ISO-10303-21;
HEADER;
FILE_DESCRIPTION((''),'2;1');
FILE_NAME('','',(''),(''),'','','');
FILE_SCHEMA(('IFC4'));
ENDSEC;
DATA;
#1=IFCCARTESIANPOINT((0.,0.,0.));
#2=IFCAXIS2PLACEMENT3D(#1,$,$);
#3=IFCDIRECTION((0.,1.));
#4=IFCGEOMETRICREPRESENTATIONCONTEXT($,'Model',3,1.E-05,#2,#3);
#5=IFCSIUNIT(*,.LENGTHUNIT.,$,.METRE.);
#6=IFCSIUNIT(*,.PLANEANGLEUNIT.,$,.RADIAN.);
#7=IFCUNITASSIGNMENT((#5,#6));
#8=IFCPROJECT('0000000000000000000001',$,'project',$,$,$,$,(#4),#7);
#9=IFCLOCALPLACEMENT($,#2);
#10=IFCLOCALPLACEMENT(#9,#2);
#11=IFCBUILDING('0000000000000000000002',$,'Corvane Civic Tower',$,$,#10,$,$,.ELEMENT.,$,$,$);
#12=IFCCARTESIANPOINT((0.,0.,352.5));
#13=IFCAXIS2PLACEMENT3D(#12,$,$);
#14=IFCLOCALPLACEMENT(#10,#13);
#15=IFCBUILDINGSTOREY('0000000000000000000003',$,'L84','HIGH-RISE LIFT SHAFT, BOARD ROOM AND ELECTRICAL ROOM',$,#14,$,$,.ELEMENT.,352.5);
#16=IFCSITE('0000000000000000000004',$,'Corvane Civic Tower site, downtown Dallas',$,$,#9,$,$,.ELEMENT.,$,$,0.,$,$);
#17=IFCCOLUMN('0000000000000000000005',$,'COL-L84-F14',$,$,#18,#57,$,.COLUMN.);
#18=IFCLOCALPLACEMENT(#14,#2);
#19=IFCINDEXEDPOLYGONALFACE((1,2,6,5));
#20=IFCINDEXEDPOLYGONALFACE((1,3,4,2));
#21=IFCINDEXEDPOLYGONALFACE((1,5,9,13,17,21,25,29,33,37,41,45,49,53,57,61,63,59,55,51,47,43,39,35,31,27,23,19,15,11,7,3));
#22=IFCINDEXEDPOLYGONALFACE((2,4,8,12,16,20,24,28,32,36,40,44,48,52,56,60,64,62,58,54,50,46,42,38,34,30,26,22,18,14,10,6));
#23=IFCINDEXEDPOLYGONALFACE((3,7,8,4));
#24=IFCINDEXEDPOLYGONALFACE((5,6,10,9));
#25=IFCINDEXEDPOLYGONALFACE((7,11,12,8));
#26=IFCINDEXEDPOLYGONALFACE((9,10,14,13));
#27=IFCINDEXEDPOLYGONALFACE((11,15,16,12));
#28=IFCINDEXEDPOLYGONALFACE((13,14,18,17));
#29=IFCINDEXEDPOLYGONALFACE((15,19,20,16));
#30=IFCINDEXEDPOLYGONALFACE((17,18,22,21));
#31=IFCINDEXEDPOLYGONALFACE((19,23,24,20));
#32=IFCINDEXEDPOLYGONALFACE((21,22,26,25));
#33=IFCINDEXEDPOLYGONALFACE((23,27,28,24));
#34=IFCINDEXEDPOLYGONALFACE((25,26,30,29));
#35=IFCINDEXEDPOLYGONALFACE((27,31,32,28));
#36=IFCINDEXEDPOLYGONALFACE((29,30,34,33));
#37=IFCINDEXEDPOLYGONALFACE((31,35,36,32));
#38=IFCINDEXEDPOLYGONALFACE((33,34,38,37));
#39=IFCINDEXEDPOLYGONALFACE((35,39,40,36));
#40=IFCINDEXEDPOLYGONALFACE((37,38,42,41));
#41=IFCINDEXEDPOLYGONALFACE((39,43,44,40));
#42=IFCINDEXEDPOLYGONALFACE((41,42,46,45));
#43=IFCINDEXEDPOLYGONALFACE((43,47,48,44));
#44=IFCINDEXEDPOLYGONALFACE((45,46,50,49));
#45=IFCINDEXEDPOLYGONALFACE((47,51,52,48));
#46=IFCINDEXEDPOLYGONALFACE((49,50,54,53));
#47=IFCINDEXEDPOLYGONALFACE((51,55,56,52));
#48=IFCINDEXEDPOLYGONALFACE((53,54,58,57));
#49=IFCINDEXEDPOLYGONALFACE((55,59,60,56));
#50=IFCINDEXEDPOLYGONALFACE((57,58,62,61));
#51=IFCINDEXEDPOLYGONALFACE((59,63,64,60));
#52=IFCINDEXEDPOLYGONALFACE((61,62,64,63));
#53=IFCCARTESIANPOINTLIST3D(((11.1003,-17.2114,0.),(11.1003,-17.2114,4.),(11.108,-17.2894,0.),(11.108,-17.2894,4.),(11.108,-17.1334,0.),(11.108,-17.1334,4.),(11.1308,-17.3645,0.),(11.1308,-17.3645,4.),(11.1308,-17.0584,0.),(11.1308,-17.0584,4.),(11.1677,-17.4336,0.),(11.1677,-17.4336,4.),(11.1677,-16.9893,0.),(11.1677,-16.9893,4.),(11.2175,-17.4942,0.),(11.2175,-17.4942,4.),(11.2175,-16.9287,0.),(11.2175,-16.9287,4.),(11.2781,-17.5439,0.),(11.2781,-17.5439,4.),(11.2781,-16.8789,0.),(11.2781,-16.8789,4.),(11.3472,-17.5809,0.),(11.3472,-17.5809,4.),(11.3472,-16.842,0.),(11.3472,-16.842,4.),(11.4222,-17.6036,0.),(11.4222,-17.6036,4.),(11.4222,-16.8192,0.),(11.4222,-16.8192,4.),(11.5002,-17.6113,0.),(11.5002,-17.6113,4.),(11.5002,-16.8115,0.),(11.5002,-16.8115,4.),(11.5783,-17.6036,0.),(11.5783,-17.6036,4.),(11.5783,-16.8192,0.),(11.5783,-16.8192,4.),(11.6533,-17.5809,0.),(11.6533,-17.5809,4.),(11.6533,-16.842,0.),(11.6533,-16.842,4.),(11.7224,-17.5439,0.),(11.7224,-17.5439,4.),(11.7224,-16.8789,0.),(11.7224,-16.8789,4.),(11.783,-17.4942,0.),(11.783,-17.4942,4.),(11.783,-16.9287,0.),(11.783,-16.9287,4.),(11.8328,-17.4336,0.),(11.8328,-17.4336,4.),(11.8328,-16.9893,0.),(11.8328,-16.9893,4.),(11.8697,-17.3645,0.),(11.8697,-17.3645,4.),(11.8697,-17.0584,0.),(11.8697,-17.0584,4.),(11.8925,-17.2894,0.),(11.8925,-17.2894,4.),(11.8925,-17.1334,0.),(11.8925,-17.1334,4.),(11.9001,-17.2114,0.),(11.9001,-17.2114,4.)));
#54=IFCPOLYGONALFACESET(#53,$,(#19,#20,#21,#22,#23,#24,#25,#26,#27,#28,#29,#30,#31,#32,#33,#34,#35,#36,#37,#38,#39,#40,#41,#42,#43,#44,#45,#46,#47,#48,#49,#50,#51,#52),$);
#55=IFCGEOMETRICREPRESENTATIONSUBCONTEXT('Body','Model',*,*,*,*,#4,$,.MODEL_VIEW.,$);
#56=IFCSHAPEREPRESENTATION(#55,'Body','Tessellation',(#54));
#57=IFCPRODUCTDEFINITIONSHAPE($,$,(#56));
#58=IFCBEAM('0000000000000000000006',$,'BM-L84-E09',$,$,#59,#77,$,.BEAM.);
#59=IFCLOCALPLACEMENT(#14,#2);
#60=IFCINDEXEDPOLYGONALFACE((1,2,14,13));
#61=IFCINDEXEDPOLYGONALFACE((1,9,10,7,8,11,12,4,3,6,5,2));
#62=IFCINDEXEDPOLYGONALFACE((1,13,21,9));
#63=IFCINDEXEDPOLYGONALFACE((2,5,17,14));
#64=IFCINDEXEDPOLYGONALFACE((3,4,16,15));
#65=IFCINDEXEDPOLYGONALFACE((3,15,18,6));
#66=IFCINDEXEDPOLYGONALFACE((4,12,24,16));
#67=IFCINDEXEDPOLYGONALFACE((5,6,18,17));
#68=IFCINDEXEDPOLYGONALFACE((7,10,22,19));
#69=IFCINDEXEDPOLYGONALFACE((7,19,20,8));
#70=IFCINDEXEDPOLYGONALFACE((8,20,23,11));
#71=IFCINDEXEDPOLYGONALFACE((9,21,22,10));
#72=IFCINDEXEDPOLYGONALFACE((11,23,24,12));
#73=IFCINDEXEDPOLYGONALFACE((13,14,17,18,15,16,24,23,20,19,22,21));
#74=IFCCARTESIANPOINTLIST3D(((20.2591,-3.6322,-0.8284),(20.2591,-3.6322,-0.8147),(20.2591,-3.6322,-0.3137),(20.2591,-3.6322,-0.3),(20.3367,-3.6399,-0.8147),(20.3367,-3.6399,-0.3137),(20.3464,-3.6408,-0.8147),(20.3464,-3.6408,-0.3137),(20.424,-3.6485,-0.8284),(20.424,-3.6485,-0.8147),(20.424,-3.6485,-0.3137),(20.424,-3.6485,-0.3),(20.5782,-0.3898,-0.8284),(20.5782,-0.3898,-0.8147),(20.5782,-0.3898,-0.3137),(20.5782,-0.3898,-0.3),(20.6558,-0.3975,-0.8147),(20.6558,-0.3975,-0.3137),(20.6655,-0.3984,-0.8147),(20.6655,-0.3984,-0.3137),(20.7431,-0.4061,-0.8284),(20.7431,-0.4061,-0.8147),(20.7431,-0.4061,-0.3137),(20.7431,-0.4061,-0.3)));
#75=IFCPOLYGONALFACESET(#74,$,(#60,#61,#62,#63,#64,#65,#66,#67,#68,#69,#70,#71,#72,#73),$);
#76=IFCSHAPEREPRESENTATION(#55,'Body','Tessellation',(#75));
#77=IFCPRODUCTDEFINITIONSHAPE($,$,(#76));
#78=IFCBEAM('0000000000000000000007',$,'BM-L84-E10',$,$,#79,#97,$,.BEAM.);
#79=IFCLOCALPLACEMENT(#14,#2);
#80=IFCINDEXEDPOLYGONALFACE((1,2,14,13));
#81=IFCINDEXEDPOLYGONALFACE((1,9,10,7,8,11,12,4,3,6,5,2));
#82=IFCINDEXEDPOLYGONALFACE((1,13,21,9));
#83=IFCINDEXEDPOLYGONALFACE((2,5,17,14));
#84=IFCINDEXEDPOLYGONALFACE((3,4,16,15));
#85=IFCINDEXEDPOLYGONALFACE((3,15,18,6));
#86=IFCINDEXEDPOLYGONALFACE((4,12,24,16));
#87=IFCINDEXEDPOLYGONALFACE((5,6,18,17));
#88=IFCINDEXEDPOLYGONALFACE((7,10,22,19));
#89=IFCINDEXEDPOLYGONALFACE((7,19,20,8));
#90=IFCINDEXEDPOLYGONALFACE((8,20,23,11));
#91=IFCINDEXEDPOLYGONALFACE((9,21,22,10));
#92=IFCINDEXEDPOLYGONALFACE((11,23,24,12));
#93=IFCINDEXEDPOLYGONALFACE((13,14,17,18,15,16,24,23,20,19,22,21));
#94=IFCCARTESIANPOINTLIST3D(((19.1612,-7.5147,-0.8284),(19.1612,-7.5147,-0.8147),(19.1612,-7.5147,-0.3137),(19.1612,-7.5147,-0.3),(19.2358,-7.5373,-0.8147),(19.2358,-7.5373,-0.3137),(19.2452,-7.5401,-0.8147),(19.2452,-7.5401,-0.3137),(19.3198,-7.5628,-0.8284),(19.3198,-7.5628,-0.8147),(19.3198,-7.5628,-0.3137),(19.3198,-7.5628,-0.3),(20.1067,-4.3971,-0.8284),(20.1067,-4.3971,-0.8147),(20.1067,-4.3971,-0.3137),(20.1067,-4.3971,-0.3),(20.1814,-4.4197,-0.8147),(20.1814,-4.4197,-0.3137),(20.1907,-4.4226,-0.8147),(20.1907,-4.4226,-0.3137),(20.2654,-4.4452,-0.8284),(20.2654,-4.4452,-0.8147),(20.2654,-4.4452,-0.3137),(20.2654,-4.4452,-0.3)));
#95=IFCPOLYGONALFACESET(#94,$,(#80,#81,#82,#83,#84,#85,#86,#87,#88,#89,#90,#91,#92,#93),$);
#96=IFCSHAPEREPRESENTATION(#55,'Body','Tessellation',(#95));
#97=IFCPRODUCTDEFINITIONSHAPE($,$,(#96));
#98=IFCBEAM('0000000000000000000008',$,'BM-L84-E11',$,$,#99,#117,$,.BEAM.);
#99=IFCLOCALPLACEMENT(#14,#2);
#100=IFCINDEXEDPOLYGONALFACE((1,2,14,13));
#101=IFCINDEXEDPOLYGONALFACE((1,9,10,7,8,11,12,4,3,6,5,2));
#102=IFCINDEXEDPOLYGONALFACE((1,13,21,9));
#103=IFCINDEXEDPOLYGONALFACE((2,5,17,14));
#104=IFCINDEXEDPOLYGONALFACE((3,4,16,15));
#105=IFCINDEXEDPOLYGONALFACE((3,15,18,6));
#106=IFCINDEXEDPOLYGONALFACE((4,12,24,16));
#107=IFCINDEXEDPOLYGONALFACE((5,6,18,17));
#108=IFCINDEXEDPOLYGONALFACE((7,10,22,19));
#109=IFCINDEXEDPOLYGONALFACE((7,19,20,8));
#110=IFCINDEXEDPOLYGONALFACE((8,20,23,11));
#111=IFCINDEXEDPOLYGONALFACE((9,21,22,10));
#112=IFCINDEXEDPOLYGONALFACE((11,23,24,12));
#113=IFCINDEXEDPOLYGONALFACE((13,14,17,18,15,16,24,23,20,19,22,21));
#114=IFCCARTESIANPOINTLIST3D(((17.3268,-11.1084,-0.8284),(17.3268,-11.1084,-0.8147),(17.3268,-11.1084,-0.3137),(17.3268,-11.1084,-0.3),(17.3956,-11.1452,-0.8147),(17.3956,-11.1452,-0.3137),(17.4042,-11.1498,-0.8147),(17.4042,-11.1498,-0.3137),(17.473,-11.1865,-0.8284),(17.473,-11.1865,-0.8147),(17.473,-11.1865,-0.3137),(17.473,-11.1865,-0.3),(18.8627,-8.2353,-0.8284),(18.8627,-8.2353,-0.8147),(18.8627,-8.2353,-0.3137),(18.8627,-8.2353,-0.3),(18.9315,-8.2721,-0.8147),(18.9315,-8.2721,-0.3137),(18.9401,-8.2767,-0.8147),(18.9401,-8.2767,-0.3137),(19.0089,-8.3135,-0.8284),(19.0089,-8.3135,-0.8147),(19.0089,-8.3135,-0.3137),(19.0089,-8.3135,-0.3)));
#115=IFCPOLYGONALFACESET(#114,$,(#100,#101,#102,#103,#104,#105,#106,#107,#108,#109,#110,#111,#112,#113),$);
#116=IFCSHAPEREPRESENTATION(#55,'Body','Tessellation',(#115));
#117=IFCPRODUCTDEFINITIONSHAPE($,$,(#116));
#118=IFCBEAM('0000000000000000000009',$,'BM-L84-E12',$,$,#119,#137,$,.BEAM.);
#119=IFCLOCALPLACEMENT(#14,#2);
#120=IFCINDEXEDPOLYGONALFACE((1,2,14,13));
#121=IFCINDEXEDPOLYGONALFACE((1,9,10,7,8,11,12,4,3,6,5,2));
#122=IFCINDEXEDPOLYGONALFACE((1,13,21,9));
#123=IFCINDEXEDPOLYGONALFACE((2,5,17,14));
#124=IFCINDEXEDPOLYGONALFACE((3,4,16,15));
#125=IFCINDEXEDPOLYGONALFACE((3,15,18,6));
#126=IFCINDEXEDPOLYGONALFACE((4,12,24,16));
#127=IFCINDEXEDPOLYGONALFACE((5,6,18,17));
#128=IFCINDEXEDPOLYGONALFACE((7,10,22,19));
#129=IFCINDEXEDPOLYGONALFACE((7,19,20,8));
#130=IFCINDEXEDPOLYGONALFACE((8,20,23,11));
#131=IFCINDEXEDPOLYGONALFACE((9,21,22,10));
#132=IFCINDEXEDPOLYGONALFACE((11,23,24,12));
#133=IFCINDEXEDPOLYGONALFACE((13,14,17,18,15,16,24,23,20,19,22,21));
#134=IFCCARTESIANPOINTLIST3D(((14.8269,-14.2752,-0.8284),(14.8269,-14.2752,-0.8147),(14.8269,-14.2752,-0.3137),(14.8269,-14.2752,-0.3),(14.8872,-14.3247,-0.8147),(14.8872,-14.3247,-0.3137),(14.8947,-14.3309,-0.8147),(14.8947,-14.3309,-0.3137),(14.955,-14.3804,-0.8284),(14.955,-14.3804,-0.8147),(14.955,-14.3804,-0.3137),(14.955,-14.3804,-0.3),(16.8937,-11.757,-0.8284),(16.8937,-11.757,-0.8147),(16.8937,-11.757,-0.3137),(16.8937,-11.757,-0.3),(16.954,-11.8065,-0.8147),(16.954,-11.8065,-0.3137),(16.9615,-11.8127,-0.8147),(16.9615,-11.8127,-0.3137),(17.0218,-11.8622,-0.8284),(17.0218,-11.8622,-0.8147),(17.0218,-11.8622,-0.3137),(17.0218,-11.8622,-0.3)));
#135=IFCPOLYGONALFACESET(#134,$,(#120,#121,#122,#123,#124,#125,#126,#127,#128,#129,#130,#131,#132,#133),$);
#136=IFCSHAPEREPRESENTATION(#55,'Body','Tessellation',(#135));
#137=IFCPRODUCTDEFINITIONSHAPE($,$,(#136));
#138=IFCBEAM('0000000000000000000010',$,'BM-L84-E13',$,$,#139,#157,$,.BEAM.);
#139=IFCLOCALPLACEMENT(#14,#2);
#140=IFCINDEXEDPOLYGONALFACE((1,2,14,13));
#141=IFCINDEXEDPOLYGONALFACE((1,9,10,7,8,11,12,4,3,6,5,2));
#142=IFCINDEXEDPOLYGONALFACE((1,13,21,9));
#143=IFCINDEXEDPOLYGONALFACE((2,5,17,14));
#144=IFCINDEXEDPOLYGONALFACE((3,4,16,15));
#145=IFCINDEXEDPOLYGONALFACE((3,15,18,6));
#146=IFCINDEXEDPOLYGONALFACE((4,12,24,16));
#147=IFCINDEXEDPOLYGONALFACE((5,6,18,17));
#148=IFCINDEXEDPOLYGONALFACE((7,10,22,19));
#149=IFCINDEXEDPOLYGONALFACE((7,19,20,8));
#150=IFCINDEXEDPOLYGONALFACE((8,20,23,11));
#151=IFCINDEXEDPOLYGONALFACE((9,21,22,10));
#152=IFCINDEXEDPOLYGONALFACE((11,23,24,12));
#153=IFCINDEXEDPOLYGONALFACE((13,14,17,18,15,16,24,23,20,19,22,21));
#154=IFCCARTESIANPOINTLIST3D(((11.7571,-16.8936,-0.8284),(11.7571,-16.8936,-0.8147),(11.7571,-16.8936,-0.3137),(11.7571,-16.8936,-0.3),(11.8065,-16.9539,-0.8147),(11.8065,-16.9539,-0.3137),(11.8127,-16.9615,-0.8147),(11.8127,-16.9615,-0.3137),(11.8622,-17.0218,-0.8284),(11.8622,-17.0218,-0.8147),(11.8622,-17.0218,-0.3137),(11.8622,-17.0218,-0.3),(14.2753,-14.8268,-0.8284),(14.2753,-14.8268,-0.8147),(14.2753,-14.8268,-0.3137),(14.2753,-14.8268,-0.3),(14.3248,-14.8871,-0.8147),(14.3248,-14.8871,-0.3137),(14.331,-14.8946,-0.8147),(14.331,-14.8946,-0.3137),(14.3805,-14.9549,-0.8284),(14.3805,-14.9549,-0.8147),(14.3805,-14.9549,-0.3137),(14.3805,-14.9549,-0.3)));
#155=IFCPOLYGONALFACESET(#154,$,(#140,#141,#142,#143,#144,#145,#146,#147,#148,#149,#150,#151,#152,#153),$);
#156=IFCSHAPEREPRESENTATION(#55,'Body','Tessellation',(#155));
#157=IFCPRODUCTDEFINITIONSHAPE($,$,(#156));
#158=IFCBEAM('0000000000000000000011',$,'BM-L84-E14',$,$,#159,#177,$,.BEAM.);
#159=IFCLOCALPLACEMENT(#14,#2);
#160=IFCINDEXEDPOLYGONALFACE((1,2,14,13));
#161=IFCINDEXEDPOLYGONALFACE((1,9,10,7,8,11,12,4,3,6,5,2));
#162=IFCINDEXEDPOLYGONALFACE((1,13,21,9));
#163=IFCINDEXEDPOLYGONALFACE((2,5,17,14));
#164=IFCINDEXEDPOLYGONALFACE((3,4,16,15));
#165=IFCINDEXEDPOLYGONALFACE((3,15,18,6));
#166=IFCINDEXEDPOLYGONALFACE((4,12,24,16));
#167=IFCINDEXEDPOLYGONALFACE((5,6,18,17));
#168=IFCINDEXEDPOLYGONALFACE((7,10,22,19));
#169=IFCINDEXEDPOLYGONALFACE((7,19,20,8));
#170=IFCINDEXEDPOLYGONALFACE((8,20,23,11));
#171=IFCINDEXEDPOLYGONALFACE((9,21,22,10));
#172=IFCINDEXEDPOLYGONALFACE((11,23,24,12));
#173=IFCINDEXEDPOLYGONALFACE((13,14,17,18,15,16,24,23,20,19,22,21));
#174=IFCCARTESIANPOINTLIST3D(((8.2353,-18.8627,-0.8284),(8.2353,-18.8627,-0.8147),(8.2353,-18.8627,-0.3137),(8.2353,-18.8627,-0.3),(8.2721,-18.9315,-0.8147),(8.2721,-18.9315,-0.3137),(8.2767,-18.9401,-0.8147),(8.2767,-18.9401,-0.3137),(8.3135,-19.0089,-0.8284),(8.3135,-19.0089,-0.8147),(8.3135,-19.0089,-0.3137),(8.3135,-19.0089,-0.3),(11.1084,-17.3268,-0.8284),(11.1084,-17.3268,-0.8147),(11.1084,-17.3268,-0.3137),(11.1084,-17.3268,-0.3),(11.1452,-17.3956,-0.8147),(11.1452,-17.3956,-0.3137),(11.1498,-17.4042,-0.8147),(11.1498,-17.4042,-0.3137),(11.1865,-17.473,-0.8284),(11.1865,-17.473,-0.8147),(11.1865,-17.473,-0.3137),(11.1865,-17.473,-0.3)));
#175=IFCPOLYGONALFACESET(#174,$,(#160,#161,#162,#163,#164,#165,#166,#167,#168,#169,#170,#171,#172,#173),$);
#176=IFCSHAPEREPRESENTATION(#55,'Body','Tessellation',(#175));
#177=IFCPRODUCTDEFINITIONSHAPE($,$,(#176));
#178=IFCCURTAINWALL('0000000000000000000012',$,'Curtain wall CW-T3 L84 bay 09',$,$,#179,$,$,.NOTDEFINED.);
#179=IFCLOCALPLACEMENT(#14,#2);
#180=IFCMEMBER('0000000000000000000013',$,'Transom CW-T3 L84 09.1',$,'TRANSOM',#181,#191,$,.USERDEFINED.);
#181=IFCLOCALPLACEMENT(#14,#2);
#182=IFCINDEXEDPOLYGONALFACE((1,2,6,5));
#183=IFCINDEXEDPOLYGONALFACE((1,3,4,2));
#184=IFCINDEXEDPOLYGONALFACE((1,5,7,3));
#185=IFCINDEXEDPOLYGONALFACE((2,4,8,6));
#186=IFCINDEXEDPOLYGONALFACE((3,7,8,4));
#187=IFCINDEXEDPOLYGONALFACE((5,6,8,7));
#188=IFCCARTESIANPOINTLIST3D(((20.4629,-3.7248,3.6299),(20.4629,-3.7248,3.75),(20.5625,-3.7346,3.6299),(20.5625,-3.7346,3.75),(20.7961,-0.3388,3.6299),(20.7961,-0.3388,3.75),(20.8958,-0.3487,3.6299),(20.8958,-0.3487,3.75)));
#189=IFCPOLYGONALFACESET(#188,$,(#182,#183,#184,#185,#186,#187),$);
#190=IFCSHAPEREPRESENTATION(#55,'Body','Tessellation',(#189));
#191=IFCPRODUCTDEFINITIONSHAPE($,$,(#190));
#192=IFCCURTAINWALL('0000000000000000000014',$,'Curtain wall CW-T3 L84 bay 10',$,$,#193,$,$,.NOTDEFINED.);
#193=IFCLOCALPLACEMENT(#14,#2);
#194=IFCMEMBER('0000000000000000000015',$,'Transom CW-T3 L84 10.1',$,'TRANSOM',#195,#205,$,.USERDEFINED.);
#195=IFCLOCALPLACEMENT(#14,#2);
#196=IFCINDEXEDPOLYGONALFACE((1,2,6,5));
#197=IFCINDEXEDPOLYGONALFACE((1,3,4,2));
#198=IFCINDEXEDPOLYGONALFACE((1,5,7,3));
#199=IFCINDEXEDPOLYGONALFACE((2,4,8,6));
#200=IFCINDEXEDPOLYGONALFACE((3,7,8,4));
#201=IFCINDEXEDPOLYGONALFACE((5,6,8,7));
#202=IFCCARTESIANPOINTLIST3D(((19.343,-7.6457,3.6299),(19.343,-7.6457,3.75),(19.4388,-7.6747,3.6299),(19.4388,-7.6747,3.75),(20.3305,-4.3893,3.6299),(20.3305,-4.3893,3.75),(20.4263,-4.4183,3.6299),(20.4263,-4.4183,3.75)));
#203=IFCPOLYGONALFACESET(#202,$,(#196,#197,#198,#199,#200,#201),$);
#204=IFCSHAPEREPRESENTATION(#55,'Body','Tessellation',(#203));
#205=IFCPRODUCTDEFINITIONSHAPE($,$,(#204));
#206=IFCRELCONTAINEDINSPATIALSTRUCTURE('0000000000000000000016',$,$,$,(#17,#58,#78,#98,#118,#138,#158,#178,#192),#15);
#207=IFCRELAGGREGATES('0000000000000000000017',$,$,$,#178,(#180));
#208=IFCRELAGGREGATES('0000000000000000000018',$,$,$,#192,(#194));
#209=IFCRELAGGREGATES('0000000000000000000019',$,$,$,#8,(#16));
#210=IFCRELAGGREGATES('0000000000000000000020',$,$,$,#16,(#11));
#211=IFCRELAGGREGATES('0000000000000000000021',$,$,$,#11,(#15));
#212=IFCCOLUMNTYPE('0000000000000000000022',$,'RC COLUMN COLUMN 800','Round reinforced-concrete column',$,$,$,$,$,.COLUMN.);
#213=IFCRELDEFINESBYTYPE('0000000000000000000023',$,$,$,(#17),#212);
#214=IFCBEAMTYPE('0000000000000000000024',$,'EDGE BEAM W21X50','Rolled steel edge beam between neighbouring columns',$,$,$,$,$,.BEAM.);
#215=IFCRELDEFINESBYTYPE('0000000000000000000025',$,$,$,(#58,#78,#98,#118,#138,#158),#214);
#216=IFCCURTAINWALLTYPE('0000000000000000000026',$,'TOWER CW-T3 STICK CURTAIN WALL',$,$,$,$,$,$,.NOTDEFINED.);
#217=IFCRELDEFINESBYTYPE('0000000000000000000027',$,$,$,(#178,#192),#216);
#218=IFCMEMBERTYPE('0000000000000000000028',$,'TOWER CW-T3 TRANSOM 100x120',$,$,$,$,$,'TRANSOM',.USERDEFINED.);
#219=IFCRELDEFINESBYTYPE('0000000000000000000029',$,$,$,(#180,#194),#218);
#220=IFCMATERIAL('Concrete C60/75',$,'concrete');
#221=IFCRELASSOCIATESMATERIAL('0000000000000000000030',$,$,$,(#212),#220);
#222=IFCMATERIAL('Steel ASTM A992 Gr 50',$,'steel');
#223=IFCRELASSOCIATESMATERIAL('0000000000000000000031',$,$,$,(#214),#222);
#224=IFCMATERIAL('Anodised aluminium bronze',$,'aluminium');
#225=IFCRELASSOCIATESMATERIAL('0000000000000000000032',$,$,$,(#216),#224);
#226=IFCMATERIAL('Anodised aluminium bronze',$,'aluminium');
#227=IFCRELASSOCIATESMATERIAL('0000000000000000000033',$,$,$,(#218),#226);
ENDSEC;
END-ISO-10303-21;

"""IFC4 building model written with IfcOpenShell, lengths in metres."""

from ifc_helpers import new_model, si_unit, direction, frame, origin, origin_2d, place, context, subcontext, project, spatial, rectangle, circle, i_section, extrude, material, material_profile, profile_set, type_object, element, aggregate, save


model = new_model("IFC4")

# Units and contexts
model_context = context("Model", 3, precision=1e-05, world=origin(), true_north=direction((0.0, 1.0)))
body_context = subcontext(model_context, "Body", "Model", "MODEL_VIEW")
ifc_project = project(units=[si_unit("LENGTHUNIT", "METRE"), si_unit("PLANEANGLEUNIT", "RADIAN")], contexts=[model_context])

# Site, building, storey
site_placement = place(None, origin())
site = spatial("IfcSite", under=ifc_project, at=site_placement, Name="Corvane Civic Tower site, downtown Dallas", CompositionType="ELEMENT", RefElevation=0.0)
building_placement = place(site_placement, origin())
building = spatial("IfcBuilding", under=site, at=building_placement, Name="Corvane Civic Tower", CompositionType="ELEMENT")
storey_placement = place(building_placement, frame((0.0, 0.0, 352.5)))
storey = spatial("IfcBuildingStorey", under=building, at=storey_placement, Name="L84", Description="HIGH-RISE LIFT SHAFT, BOARD ROOM AND ELECTRICAL ROOM", CompositionType="ELEMENT", Elevation=352.5)

# Column
ifc_material_1 = material(Name="Concrete C60/75", Category="concrete")
ifc_material_profile_1 = material_profile(ifc_material_1, circle(Radius=0.3999, at=origin_2d()), Name="COLUMN 800")
ifc_profile_set_1 = profile_set([ifc_material_profile_1], Name="Concrete C60/75")
column_type = type_object("IfcColumnType", Name="RC COLUMN COLUMN 800", Description="Round reinforced-concrete column", PredefinedType="COLUMN", material=ifc_profile_set_1)
for number, where, z_axis, x_axis, name in (
    (1, (11.5002, -17.2114, 0.0), (0.0, 0.0, 1.0), (1.0, 0.0, 0.0), "COL-L84-F14"),
):
    element("IfcColumn", number, at=place(storey_placement, frame(where, z_axis=z_axis, x_axis=x_axis)), inside=storey, type_object=column_type, Name=name, PredefinedType="COLUMN", context=body_context, shape_type="SweptSolid", body=[
        extrude(circle(Radius=0.3999, at=origin_2d()), origin(), (0.0, 0.0, 1.0), 4.0),
    ])

# Beams
ifc_material_2 = material(Name="Steel ASTM A992 Gr 50", Category="steel")
ifc_material_profile_2 = material_profile(ifc_material_2, i_section(OverallWidth=0.1658, OverallDepth=0.5283, WebThickness=0.0098, FlangeThickness=0.0137, at=origin_2d()), Name="W21X50")
ifc_profile_set_2 = profile_set([ifc_material_profile_2], Name="Steel ASTM A992 Gr 50")
beam_type = type_object("IfcBeamType", Name="EDGE BEAM W21X50", Description="Rolled steel edge beam between neighbouring columns", PredefinedType="BEAM", material=ifc_profile_set_2)
beam_placement = place(storey_placement, frame((20.6606, -0.3979, -0.5642), z_axis=(-0.097938, -0.995193, 0.0), x_axis=(0.995193, -0.097938, 0.0)))
element("IfcBeam", 2, at=beam_placement, inside=storey, type_object=beam_type, Name="BM-L84-E09", PredefinedType="BEAM", context=body_context, shape_type="SweptSolid", body=[
    extrude(i_section(OverallWidth=0.1658, OverallDepth=0.5283, WebThickness=0.0098, FlangeThickness=0.0137, at=origin_2d()), origin(), (0.0, 0.0, 1.0), 3.2581),
])
for number, where, z_axis, x_axis, name in (
    (3, (20.186, -4.4211, -0.5642), (-0.290234, -0.956956, 0.0), (0.956956, -0.290234, 0.0), "BM-L84-E10"),
    (4, (18.9358, -8.2744, -0.5642), (-0.471448, -0.881894, 0.0), (0.881894, -0.471448, 0.0), "BM-L84-E11"),
    (5, (16.9578, -11.8096, -0.5642), (-0.634425, -0.772985, 0.0), (0.772985, -0.634425, 0.0), "BM-L84-E12"),
    (6, (14.3279, -14.8909, -0.5642), (-0.772985, -0.634425, 0.0), (0.634425, -0.772985, 0.0), "BM-L84-E13"),
    (7, (11.1475, -17.3999, -0.5642), (-0.881894, -0.471448, 0.0), (0.471448, -0.881894, 0.0), "BM-L84-E14"),
):
    element("IfcBeam", number, at=place(storey_placement, frame(where, z_axis=z_axis, x_axis=x_axis)), inside=storey, type_object=beam_type, Name=name, PredefinedType="BEAM", context=body_context, shape_type="SweptSolid", body=[
        extrude(i_section(OverallWidth=0.1658, OverallDepth=0.5283, WebThickness=0.0098, FlangeThickness=0.0137, at=origin_2d()), origin(), (0.0, 0.0, 1.0), 3.2578),
    ])

# Curtain walls, members
ifc_material_3 = material(Name="Anodised aluminium bronze", Category="aluminium")
curtain_wall_type = type_object("IfcCurtainWallType", Name="TOWER CW-T3 STICK CURTAIN WALL", PredefinedType="NOTDEFINED", material=ifc_material_3)
curtain_wall_1_placement = place(storey_placement, origin())
curtain_wall_1 = element("IfcCurtainWall", 8, at=curtain_wall_1_placement, inside=storey, type_object=curtain_wall_type, Name="Curtain wall CW-T3 L84 bay 09", PredefinedType="NOTDEFINED")
ifc_material_4 = material(Name="Anodised aluminium bronze", Category="aluminium")
ifc_material_profile_3 = material_profile(ifc_material_4, rectangle(XDim=0.1001, YDim=0.1201, at=origin_2d()), Name="TOWER CW-T3 TRANSOM 100x120")
ifc_profile_set_3 = profile_set([ifc_material_profile_3], Name="Anodised aluminium bronze")
member_type = type_object("IfcMemberType", Name="TOWER CW-T3 TRANSOM 100x120", ElementType="TRANSOM", PredefinedType="USERDEFINED", material=ifc_profile_set_3)
member_1_placement = place(storey_placement, frame((20.8459, -0.3438, 3.6899), z_axis=(-0.097948, -0.995192, 0.0), x_axis=(0.995192, -0.097948, 0.0)))
member_1 = element("IfcMember", 9, at=member_1_placement, type_object=member_type, Name="Transom CW-T3 L84 09.1", ObjectType="TRANSOM", PredefinedType="USERDEFINED", context=body_context, shape_type="SweptSolid", body=[
    extrude(rectangle(XDim=0.1001, YDim=0.1201, at=origin_2d()), origin(), (0.0, 0.0, 1.0), 3.4023),
])
curtain_wall_2_placement = place(storey_placement, origin())
curtain_wall_2 = element("IfcCurtainWall", 10, at=curtain_wall_2_placement, inside=storey, type_object=curtain_wall_type, Name="Curtain wall CW-T3 L84 bay 10", PredefinedType="NOTDEFINED")
member_2_placement = place(storey_placement, frame((20.3784, -4.4038, 3.6899), z_axis=(-0.290216, -0.956961, 0.0), x_axis=(0.956961, -0.290216, 0.0)))
member_2 = element("IfcMember", 11, at=member_2_placement, type_object=member_type, Name="Transom CW-T3 L84 10.1", ObjectType="TRANSOM", PredefinedType="USERDEFINED", context=body_context, shape_type="SweptSolid", body=[
    extrude(rectangle(XDim=0.1001, YDim=0.1201, at=origin_2d()), origin(), (0.0, 0.0, 1.0), 3.4028),
])

aggregate(curtain_wall_1, [member_1])
aggregate(curtain_wall_2, [member_2])

save(model, "model.ifc")
